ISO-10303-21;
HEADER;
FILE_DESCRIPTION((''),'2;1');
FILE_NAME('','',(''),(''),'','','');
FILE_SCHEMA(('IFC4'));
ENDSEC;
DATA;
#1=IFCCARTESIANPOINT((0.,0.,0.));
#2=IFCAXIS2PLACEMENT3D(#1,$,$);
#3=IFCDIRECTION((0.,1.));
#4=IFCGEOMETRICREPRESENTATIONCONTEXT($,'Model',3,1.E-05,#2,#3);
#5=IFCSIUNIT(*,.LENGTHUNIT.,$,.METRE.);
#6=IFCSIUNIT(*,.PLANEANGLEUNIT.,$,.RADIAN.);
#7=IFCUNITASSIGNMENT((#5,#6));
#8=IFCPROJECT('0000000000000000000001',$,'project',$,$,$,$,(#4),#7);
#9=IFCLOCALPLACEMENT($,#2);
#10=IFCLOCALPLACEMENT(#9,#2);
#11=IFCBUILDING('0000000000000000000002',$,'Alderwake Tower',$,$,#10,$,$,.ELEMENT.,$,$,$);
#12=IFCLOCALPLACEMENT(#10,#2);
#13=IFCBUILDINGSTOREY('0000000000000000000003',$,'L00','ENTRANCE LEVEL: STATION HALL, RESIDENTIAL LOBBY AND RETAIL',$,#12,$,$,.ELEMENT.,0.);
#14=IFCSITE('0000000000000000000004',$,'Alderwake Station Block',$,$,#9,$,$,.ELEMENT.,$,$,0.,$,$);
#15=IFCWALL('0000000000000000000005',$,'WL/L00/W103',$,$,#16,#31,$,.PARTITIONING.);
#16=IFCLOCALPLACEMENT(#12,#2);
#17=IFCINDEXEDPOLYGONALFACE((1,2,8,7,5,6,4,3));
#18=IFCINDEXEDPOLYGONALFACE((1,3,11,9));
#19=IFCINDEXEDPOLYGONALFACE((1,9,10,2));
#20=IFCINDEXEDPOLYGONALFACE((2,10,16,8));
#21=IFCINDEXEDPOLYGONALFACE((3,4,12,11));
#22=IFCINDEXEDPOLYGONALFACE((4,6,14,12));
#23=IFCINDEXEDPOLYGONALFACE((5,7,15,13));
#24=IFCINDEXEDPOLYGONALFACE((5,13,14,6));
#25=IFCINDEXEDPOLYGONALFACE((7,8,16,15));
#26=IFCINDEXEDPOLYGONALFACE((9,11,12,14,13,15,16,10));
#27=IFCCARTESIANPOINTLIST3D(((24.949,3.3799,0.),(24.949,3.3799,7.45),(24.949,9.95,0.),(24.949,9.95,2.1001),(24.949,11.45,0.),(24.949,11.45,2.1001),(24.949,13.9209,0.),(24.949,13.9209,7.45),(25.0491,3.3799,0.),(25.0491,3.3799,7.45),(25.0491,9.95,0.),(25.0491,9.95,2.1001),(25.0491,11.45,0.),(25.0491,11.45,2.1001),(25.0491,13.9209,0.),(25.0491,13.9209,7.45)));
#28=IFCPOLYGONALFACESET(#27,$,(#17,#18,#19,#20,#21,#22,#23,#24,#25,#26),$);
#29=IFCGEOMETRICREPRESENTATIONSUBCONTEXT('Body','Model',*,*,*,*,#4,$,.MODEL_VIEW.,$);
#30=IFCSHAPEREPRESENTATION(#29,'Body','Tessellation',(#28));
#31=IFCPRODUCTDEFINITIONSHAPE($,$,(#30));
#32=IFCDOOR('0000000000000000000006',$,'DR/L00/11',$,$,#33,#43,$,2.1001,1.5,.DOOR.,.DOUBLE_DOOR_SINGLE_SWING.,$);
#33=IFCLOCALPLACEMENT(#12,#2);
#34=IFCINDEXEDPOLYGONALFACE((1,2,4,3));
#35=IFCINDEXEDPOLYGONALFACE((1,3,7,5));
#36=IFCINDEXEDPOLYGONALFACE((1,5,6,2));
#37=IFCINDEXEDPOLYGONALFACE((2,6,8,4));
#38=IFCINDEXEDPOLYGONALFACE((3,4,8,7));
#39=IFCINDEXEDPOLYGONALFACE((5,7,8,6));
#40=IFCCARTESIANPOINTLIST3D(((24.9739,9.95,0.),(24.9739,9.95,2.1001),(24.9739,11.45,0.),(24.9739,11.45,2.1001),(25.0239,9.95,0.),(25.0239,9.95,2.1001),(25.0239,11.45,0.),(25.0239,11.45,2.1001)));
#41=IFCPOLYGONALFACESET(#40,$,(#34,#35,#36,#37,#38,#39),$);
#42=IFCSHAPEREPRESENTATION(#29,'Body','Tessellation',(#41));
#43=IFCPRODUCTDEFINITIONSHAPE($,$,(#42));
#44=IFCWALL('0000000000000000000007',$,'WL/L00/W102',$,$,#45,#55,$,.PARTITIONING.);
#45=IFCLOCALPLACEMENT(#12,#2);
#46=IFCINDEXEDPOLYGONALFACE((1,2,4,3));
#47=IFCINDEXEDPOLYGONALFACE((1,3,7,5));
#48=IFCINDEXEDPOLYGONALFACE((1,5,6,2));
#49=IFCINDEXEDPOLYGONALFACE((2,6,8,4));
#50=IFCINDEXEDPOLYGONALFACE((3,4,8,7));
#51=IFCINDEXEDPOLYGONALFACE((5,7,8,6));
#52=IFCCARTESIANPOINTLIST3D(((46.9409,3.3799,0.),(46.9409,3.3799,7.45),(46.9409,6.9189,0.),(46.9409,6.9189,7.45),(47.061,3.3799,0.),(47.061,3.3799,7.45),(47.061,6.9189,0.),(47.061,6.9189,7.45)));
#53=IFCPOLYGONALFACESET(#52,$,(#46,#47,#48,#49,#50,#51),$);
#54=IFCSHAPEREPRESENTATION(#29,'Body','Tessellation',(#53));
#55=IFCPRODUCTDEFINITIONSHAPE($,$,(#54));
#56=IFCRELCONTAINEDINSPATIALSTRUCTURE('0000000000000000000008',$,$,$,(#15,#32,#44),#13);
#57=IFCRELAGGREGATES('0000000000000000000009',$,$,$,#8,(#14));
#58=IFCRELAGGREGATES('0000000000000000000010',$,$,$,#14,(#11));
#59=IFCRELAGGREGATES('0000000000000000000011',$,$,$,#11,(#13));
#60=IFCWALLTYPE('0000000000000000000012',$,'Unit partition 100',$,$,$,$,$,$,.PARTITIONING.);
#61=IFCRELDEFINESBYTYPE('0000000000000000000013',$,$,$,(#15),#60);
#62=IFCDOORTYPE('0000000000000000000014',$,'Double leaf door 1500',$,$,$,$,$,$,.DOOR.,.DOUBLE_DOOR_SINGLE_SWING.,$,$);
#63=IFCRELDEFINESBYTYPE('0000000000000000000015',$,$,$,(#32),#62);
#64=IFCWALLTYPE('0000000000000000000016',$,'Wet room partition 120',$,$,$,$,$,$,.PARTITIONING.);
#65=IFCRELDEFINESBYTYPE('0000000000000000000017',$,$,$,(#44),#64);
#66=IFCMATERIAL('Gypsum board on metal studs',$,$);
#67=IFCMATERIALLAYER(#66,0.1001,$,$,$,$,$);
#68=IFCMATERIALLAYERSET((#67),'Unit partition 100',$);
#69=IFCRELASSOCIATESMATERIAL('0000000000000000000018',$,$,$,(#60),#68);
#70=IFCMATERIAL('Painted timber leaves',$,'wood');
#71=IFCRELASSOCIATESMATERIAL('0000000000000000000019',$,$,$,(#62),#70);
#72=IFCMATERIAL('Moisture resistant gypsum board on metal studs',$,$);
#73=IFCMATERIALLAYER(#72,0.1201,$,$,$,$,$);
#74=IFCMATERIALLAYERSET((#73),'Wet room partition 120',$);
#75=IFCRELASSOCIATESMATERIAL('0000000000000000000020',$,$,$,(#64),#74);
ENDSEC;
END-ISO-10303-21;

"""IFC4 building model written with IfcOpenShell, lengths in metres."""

from ifc_helpers import new_model, si_unit, direction, frame, frame_2d, origin, place, context, subcontext, project, spatial, rectangle, extrude, material, layer, layer_set, type_object, element, fill, save


model = new_model("IFC4")

# Units and contexts
model_context = context("Model", 3, precision=1e-05, world=origin(), true_north=direction((0.0, 1.0)))
body_context = subcontext(model_context, "Body", "Model", "MODEL_VIEW")
ifc_project = project(units=[si_unit("LENGTHUNIT", "METRE"), si_unit("PLANEANGLEUNIT", "RADIAN")], contexts=[model_context])

# Site, building, storey
site_placement = place(None, origin())
site = spatial("IfcSite", under=ifc_project, at=site_placement, Name="Alderwake Station Block", CompositionType="ELEMENT", RefElevation=0.0)
building_placement = place(site_placement, origin())
building = spatial("IfcBuilding", under=site, at=building_placement, Name="Alderwake Tower", CompositionType="ELEMENT")
storey_placement = place(building_placement, origin())
storey = spatial("IfcBuildingStorey", under=building, at=storey_placement, Name="L00", Description="ENTRANCE LEVEL: STATION HALL, RESIDENTIAL LOBBY AND RETAIL", CompositionType="ELEMENT", Elevation=0.0)

# Wall, opening, door
ifc_material_1 = material(Name="Gypsum board on metal studs")
ifc_layer_1 = layer(ifc_material_1, 0.1001)
ifc_layer_set_1 = layer_set([ifc_layer_1], Name="Unit partition 100")
wall_type_1 = type_object("IfcWallType", Name="Unit partition 100", PredefinedType="PARTITIONING", material=ifc_layer_set_1)
wall_1_placement = place(storey_placement, frame((24.999, 13.9209, 0.0), z_axis=(0.0, 0.0, 1.0), x_axis=(0.0, -1.0, 0.0)))
wall_1 = element("IfcWall", 1, at=wall_1_placement, inside=storey, type_object=wall_type_1, Name="WL/L00/W103", PredefinedType="PARTITIONING", context=body_context, shape_type="SweptSolid", body=[
    extrude(rectangle(XDim=10.541, YDim=0.1001, at=frame_2d((5.2705, 0.0))), origin(), (0.0, 0.0, 1.0), 7.45),
])
opening_1_placement = place(wall_1_placement, frame((2.4709, 0.0, 0.0)))
opening_1 = element("IfcOpeningElement", 2, at=opening_1_placement, cuts=wall_1, PredefinedType="OPENING", context=body_context, shape_type="SweptSolid", body=[
    extrude(rectangle(XDim=1.5, YDim=2.1001, at=frame_2d((0.75, 1.05))), frame((0.0, 0.0601, 0.0), z_axis=(0.0, -1.0, 0.0), x_axis=(1.0, 0.0, 0.0)), (0.0, 0.0, 1.0), 0.1201),
])
ifc_material_2 = material(Name="Painted timber leaves", Category="wood")
door_type_1 = type_object("IfcDoorType", Name="Double leaf door 1500", OperationType="DOUBLE_DOOR_SINGLE_SWING", PredefinedType="DOOR", material=ifc_material_2)
door_1_placement = place(opening_1_placement, origin())
door_1 = element("IfcDoor", 3, at=door_1_placement, inside=storey, type_object=door_type_1, Name="DR/L00/11", OperationType="DOUBLE_DOOR_SINGLE_SWING", OverallHeight=2.1001, OverallWidth=1.5, PredefinedType="DOOR", context=body_context, shape_type="SweptSolid", body=[
    extrude(rectangle(XDim=1.5, YDim=2.1001, at=frame_2d((0.75, 1.05))), frame((0.0, 0.0249, 0.0), z_axis=(0.0, -1.0, 0.0), x_axis=(1.0, 0.0, 0.0)), (0.0, 0.0, 1.0), 0.05),
])
fill(opening_1, door_1)

# Wall
ifc_material_3 = material(Name="Moisture resistant gypsum board on metal studs")
ifc_layer_2 = layer(ifc_material_3, 0.1201)
ifc_layer_set_2 = layer_set([ifc_layer_2], Name="Wet room partition 120")
wall_type_2 = type_object("IfcWallType", Name="Wet room partition 120", PredefinedType="PARTITIONING", material=ifc_layer_set_2)
wall_2_placement = place(storey_placement, frame((47.001, 3.3799, 0.0), z_axis=(0.0, 0.0, 1.0), x_axis=(0.0, 1.0, 0.0)))
element("IfcWall", 4, at=wall_2_placement, inside=storey, type_object=wall_type_2, Name="WL/L00/W102", PredefinedType="PARTITIONING", context=body_context, shape_type="SweptSolid", body=[
    extrude(rectangle(XDim=3.5391, YDim=0.1201, at=frame_2d((1.7695, 0.0))), origin(), (0.0, 0.0, 1.0), 7.45),
])

save(model, "model.ifc")
